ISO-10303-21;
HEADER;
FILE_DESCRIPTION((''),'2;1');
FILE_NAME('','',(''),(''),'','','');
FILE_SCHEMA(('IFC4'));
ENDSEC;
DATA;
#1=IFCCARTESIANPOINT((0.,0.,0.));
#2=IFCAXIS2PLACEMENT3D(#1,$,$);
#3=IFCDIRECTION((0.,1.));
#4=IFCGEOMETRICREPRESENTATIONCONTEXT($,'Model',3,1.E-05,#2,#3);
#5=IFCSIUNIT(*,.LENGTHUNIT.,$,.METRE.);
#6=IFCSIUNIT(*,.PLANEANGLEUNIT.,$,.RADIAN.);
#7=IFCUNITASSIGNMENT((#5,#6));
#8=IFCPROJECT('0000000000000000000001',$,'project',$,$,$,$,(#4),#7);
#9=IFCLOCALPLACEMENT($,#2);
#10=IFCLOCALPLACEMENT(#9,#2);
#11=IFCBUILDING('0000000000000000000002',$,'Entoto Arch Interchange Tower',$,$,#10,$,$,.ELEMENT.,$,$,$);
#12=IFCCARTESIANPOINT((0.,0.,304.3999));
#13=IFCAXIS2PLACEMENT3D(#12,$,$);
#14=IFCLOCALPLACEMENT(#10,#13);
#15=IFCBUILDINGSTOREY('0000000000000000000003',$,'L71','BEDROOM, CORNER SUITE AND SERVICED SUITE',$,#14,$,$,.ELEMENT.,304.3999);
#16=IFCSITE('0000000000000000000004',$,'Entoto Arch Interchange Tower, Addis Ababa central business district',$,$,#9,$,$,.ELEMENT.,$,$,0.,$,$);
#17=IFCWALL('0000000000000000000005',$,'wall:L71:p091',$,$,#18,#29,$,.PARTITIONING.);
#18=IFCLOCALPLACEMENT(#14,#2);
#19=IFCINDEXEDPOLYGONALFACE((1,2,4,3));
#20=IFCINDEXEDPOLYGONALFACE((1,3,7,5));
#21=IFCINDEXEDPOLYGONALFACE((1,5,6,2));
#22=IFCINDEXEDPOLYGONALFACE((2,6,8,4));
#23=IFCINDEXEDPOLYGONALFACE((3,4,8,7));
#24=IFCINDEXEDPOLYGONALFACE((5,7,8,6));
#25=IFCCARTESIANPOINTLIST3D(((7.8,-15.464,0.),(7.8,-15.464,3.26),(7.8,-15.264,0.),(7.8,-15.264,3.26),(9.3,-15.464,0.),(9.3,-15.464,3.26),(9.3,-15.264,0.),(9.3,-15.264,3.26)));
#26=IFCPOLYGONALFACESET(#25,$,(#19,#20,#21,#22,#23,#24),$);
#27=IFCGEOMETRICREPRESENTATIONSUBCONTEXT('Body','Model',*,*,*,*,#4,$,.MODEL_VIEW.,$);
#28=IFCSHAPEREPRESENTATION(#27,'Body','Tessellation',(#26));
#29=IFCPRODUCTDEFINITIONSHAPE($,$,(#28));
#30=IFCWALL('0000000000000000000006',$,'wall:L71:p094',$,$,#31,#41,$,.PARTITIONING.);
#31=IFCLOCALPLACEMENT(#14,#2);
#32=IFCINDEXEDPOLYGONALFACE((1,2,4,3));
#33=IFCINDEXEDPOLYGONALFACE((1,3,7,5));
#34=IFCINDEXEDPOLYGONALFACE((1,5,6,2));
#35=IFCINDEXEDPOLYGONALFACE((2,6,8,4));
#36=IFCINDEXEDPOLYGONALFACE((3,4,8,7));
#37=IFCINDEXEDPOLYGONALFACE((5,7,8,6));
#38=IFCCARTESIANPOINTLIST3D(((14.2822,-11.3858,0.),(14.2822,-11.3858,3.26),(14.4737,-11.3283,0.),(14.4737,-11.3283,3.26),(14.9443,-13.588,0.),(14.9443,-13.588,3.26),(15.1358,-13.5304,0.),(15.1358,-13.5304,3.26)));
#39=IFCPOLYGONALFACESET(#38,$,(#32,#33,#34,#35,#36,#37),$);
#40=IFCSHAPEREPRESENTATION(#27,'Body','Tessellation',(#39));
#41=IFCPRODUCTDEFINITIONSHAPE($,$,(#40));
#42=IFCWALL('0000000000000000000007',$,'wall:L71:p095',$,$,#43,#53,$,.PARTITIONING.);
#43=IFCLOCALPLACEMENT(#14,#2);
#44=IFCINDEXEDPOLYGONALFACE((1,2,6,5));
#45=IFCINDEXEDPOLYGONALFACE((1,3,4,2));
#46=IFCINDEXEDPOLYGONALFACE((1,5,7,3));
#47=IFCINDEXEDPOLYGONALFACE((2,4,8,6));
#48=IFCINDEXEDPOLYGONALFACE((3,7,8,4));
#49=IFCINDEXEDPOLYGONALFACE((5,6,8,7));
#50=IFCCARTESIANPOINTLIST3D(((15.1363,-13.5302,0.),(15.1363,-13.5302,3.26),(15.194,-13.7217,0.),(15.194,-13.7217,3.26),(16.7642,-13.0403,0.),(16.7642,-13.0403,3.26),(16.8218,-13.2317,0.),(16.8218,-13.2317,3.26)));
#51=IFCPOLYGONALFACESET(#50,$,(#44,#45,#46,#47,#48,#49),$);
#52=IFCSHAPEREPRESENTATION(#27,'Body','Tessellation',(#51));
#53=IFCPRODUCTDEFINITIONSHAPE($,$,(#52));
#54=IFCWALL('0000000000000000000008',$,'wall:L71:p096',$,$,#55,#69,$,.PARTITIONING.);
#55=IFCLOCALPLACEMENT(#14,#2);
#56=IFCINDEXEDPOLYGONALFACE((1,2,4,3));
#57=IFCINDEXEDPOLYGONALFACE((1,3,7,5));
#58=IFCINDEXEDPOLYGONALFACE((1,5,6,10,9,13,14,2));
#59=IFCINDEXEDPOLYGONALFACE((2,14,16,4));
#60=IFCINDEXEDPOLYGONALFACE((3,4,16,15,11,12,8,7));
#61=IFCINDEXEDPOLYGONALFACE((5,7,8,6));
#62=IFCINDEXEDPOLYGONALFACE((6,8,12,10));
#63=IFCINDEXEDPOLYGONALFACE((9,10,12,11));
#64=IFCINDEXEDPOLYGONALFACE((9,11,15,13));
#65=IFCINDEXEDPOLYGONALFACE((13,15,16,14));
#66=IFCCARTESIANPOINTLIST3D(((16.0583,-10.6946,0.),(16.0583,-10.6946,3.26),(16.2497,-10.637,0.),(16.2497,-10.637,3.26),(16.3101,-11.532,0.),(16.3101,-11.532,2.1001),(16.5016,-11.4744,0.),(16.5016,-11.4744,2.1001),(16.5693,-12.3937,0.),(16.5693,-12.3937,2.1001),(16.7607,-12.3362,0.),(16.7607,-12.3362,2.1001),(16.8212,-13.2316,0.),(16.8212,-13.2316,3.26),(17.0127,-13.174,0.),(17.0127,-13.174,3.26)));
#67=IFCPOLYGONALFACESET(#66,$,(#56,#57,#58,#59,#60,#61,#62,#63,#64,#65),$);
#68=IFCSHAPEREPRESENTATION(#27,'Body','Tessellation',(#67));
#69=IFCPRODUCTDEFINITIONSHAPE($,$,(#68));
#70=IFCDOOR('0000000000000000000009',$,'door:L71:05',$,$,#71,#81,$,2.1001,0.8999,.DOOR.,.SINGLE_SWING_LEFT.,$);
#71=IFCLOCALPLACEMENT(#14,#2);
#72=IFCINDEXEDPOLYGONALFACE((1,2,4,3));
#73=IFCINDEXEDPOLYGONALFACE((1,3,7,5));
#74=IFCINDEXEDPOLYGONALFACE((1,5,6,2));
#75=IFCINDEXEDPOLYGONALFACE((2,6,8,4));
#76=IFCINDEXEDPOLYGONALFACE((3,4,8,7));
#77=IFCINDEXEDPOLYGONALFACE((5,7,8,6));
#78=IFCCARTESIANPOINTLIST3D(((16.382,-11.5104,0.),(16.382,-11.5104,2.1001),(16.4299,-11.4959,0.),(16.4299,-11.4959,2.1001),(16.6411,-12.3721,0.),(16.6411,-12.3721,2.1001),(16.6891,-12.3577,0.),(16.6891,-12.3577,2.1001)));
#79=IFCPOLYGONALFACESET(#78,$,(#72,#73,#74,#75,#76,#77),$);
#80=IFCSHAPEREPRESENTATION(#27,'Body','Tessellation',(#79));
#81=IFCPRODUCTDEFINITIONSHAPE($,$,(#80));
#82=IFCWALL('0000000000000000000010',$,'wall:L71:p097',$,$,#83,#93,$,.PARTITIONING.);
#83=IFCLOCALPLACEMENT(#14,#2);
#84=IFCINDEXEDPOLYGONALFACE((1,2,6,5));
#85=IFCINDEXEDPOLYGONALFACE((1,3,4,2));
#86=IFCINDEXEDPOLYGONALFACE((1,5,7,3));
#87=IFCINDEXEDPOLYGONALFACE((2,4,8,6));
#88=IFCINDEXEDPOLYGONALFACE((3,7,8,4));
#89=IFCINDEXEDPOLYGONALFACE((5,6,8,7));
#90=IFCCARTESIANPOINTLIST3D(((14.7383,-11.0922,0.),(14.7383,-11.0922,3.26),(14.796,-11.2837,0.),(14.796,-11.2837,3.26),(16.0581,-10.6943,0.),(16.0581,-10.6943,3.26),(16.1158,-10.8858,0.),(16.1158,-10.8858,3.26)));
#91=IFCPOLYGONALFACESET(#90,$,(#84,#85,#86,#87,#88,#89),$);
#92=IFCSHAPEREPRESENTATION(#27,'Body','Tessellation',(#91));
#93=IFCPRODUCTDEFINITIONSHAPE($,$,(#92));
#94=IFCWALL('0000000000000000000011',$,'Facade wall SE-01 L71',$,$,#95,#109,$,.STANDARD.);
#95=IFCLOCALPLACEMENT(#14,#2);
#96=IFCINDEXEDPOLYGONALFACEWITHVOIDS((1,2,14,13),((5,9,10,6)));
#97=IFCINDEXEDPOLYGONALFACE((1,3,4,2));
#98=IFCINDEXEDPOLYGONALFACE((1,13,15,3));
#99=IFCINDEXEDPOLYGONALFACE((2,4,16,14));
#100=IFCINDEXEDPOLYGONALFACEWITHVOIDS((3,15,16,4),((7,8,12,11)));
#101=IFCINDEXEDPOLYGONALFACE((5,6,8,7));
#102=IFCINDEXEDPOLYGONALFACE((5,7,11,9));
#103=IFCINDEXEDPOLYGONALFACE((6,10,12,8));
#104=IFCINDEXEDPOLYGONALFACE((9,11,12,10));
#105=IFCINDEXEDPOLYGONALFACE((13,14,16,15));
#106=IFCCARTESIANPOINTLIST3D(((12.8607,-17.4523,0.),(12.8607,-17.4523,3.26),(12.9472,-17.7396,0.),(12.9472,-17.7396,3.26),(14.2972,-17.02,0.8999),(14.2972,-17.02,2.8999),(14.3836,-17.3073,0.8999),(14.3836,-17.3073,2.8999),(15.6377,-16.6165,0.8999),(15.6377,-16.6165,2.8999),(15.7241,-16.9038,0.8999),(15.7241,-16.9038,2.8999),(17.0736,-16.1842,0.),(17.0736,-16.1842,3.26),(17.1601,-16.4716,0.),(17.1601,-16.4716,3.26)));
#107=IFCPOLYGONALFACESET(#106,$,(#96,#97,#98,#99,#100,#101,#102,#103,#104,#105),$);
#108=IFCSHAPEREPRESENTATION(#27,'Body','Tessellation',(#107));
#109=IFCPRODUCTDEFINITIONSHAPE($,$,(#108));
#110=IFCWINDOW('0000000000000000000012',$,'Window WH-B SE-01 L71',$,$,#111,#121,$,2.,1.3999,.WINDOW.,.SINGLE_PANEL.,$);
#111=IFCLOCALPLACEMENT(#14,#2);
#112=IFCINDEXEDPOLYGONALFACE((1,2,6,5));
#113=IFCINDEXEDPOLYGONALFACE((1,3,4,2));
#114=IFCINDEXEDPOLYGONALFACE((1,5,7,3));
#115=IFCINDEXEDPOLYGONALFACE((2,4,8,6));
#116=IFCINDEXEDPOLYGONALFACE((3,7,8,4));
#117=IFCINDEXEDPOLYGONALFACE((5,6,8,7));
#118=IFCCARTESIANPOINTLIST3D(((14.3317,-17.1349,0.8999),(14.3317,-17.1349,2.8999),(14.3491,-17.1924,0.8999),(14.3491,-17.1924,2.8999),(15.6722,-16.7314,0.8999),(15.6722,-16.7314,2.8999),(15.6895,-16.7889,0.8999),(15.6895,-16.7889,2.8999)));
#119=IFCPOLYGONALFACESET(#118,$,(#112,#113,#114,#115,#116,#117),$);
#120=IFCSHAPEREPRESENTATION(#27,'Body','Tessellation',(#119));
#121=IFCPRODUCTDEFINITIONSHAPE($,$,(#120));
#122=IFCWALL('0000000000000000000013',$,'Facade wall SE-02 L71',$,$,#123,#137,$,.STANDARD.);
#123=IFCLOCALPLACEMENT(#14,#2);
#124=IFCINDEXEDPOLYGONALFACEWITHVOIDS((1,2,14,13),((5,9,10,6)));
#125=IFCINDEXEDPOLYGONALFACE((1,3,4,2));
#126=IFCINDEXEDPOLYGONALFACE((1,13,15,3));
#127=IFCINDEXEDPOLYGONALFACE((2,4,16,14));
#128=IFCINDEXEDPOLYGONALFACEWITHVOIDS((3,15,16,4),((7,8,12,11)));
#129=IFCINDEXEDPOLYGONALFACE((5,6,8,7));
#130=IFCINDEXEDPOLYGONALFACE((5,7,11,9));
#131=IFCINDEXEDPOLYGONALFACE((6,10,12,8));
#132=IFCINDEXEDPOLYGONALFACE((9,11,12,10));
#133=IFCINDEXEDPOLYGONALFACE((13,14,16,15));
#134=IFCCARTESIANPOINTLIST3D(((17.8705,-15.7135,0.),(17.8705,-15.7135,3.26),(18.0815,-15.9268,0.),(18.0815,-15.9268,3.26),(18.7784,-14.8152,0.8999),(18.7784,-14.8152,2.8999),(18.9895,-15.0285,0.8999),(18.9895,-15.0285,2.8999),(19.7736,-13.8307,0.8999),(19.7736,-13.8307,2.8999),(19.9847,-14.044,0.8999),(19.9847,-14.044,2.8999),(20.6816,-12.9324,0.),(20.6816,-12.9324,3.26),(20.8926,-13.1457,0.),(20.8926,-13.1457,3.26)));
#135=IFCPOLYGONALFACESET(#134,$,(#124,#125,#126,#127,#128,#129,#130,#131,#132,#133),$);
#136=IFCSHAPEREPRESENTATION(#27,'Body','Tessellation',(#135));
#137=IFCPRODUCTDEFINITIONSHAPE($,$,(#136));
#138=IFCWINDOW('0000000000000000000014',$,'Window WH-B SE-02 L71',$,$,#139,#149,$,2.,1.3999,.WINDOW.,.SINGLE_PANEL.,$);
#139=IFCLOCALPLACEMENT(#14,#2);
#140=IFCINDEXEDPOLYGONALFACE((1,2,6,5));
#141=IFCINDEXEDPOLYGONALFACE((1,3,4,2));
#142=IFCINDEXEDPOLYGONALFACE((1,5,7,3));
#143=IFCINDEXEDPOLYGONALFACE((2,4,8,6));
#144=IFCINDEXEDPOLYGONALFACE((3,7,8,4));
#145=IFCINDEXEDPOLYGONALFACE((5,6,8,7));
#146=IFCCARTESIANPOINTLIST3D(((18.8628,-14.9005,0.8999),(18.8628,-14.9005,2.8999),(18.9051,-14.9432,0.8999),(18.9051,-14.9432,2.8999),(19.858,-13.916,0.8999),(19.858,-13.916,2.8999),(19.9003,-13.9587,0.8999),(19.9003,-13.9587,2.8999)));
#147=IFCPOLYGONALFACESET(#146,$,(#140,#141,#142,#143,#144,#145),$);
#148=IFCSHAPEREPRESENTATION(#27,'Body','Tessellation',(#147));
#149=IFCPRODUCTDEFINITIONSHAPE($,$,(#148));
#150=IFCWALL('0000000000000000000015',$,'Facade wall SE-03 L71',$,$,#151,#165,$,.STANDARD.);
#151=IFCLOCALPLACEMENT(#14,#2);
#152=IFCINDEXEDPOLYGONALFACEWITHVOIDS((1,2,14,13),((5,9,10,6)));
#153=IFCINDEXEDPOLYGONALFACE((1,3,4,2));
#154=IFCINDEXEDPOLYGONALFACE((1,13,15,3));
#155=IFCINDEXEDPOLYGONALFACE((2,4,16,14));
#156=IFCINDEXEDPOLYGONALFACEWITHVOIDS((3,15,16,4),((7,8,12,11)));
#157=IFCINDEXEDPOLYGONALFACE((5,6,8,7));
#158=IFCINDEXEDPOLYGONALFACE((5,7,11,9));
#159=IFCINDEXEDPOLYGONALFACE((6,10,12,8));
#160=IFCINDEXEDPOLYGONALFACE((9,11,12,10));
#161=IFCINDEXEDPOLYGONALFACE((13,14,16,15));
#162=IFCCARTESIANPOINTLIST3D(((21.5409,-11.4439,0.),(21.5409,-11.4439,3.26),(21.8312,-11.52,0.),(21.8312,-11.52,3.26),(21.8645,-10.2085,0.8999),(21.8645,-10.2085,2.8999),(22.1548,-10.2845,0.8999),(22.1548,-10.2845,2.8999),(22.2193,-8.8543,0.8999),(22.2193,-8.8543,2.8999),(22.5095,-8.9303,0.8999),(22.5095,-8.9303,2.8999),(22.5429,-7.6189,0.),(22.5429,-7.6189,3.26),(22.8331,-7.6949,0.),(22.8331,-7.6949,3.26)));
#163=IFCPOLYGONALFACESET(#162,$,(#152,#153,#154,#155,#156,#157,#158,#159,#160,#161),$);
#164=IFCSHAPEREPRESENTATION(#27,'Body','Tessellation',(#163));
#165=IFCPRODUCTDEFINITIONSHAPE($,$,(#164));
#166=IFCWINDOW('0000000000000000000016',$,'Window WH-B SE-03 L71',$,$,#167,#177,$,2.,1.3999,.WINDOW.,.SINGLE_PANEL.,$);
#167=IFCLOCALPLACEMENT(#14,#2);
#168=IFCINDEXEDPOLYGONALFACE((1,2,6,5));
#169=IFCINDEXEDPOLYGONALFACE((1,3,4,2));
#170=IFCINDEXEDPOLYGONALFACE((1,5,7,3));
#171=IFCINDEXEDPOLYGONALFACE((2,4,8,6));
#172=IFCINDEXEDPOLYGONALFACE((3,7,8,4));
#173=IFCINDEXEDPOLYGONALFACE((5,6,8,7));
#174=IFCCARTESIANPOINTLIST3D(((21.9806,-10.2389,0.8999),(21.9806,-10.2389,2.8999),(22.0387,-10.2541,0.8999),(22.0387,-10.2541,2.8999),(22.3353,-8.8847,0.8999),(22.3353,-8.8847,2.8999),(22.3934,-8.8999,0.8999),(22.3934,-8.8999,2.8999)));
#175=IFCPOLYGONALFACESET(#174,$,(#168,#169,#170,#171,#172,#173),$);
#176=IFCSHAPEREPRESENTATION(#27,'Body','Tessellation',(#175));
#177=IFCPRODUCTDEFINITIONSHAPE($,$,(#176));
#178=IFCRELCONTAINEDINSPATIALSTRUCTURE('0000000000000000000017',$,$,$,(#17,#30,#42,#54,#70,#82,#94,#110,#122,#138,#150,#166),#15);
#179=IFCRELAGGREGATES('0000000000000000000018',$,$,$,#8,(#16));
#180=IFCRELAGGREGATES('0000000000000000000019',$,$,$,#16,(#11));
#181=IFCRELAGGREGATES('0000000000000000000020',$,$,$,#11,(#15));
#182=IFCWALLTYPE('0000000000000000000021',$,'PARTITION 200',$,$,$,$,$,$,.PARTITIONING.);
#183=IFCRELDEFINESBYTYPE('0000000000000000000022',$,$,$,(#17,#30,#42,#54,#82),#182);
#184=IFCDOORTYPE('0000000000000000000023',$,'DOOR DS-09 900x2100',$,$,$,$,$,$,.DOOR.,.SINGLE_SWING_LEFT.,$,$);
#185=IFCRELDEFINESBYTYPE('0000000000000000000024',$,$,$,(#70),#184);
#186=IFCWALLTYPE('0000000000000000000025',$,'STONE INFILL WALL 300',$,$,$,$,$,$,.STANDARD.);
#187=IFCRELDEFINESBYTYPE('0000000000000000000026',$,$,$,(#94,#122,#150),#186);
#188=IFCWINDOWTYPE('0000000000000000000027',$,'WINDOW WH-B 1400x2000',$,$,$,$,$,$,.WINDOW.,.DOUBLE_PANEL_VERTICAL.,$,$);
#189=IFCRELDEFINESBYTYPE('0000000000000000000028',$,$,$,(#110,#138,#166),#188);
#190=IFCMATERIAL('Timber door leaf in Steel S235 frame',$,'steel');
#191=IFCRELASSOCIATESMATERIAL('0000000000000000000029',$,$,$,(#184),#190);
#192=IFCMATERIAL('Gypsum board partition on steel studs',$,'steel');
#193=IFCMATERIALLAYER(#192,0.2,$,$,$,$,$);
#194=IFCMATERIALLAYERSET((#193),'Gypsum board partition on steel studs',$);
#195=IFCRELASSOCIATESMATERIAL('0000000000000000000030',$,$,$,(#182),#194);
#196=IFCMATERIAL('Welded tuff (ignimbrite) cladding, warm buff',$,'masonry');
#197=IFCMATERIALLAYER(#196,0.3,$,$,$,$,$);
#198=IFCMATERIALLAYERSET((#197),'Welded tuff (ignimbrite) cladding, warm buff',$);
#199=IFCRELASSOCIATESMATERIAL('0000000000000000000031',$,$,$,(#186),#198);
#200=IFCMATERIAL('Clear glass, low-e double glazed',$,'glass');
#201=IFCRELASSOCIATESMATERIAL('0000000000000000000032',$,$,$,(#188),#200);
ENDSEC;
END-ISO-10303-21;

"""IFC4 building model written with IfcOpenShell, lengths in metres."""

from ifc_helpers import new_model, si_unit, direction, frame, frame_2d, origin, place, context, subcontext, project, spatial, rectangle, extrude, material, layer, layer_set, type_object, element, fill, save


model = new_model("IFC4")

# Units and contexts
model_context = context("Model", 3, precision=1e-05, world=origin(), true_north=direction((0.0, 1.0)))
body_context = subcontext(model_context, "Body", "Model", "MODEL_VIEW")
ifc_project = project(units=[si_unit("LENGTHUNIT", "METRE"), si_unit("PLANEANGLEUNIT", "RADIAN")], contexts=[model_context])

# Site, building, storey
site_placement = place(None, origin())
site = spatial("IfcSite", under=ifc_project, at=site_placement, Name="Entoto Arch Interchange Tower, Addis Ababa central business district", CompositionType="ELEMENT", RefElevation=0.0)
building_placement = place(site_placement, origin())
building = spatial("IfcBuilding", under=site, at=building_placement, Name="Entoto Arch Interchange Tower", CompositionType="ELEMENT")
storey_placement = place(building_placement, frame((0.0, 0.0, 304.3999)))
storey = spatial("IfcBuildingStorey", under=building, at=storey_placement, Name="L71", Description="BEDROOM, CORNER SUITE AND SERVICED SUITE", CompositionType="ELEMENT", Elevation=304.3999)

# Shared definitions
ifc_material_1 = material(Name="Gypsum board partition on steel studs", Category="steel")
ifc_material_2 = material(Name="Timber door leaf in Steel S235 frame", Category="steel")
door_type_1 = type_object("IfcDoorType", Name="DOOR DS-09 900x2100", OperationType="SINGLE_SWING_LEFT", PredefinedType="DOOR", material=ifc_material_2)

# Shared definitions
ifc_layer_1 = layer(ifc_material_1, 0.2)
ifc_layer_set_1 = layer_set([ifc_layer_1], Name="Gypsum board partition on steel studs")
wall_type_1 = type_object("IfcWallType", Name="PARTITION 200", PredefinedType="PARTITIONING", material=ifc_layer_set_1)

# Walls
wall_1_placement = place(storey_placement, frame((9.3, -15.364, 0.0), z_axis=(0.0, 0.0, 1.0), x_axis=(-1.0, 0.0, 0.0)))
element("IfcWall", 1, at=wall_1_placement, inside=storey, type_object=wall_type_1, Name="wall:L71:p091", PredefinedType="PARTITIONING", context=body_context, shape_type="SweptSolid", body=[
    extrude(rectangle(XDim=1.5, YDim=0.2, at=frame_2d((0.75, 0.0))), origin(), (0.0, 0.0, 1.0), 3.26),
])
wall_2_placement = place(storey_placement, frame((14.3779, -11.3569, 0.0), z_axis=(0.0, 0.0, 1.0), x_axis=(0.287932, -0.957651, 0.0)))
element("IfcWall", 2, at=wall_2_placement, inside=storey, type_object=wall_type_1, Name="wall:L71:p094", PredefinedType="PARTITIONING", context=body_context, shape_type="SweptSolid", body=[
    extrude(rectangle(XDim=2.2996, YDim=0.2, at=frame_2d((1.1499, 0.0))), origin(), (0.0, 0.0, 1.0), 3.26),
])
wall_3_placement = place(storey_placement, frame((15.165, -13.626, 0.0), z_axis=(0.0, 0.0, 1.0), x_axis=(0.957565, 0.288217, 0.0)))
element("IfcWall", 3, at=wall_3_placement, inside=storey, type_object=wall_type_1, Name="wall:L71:p095", PredefinedType="PARTITIONING", context=body_context, shape_type="SweptSolid", body=[
    extrude(rectangle(XDim=1.7, YDim=0.2, at=frame_2d((0.8501, 0.0))), origin(), (0.0, 0.0, 1.0), 3.26),
])

# Wall, opening, door
wall_4_placement = place(storey_placement, frame((16.917, -13.2029, 0.0), z_axis=(0.0, 0.0, 1.0), x_axis=(-0.287999, 0.957631, 0.0)))
wall_4 = element("IfcWall", 4, at=wall_4_placement, inside=storey, type_object=wall_type_1, Name="wall:L71:p096", PredefinedType="PARTITIONING", context=body_context, shape_type="SweptSolid", body=[
    extrude(rectangle(XDim=2.6492, YDim=0.2, at=frame_2d((1.3247, 0.0))), origin(), (0.0, 0.0, 1.0), 3.26),
])
opening_1_placement = place(wall_4_placement, frame((0.875, 0.0, 0.0)))
opening_1 = element("IfcOpeningElement", 5, at=opening_1_placement, cuts=wall_4, PredefinedType="OPENING", context=body_context, shape_type="SweptSolid", body=[
    extrude(rectangle(XDim=0.8999, YDim=2.1001, at=frame_2d((0.45, 1.05))), frame((0.0, 0.1099, 0.0), z_axis=(0.0, -1.0, 0.0), x_axis=(1.0, 0.0, 0.0)), (0.0, 0.0, 1.0), 0.22),
])
door_1_placement = place(opening_1_placement, origin())
door_1 = element("IfcDoor", 6, at=door_1_placement, inside=storey, type_object=door_type_1, Name="door:L71:05", OperationType="SINGLE_SWING_LEFT", OverallHeight=2.1001, OverallWidth=0.8999, PredefinedType="DOOR", context=body_context, shape_type="SweptSolid", body=[
    extrude(rectangle(XDim=0.8999, YDim=2.1001, at=frame_2d((0.45, 1.05))), frame((0.0, 0.0249, 0.0), z_axis=(0.0, -1.0, 0.0), x_axis=(1.0, 0.0, 0.0)), (0.0, 0.0, 1.0), 0.05),
])
fill(opening_1, door_1)

# Wall
wall_5_placement = place(storey_placement, frame((16.0869, -10.79, 0.0), z_axis=(0.0, 0.0, 1.0), x_axis=(-0.957426, -0.28868, 0.0)))
element("IfcWall", 7, at=wall_5_placement, inside=storey, type_object=wall_type_1, Name="wall:L71:p097", PredefinedType="PARTITIONING", context=body_context, shape_type="SweptSolid", body=[
    extrude(rectangle(XDim=1.3784, YDim=0.2, at=frame_2d((0.6892, 0.0))), origin(), (0.0, 0.0, 1.0), 3.26),
])

# Walls, openings, windows
ifc_material_3 = material(Name="Welded tuff (ignimbrite) cladding, warm buff", Category="masonry")
ifc_layer_2 = layer(ifc_material_3, 0.3)
ifc_layer_set_2 = layer_set([ifc_layer_2], Name="Welded tuff (ignimbrite) cladding, warm buff")
wall_type_2 = type_object("IfcWallType", Name="STONE INFILL WALL 300", PredefinedType="STANDARD", material=ifc_layer_set_2)
wall_6_placement = place(storey_placement, frame((12.9041, -17.5959, 0.0), z_axis=(0.0, 0.0, 1.0), x_axis=(0.957563, 0.288223, 0.0)))
wall_6 = element("IfcWall", 8, at=wall_6_placement, inside=storey, type_object=wall_type_2, Name="Facade wall SE-01 L71", PredefinedType="STANDARD", context=body_context, shape_type="SweptSolid", body=[
    extrude(rectangle(XDim=4.3997, YDim=0.3, at=frame_2d((2.1997, 0.0))), origin(), (0.0, 0.0, 1.0), 3.26),
])
opening_2_placement = place(wall_6_placement, frame((1.5, 0.0, 0.8999)))
opening_2 = element("IfcOpeningElement", 9, at=opening_2_placement, cuts=wall_6, PredefinedType="OPENING", context=body_context, shape_type="SweptSolid", body=[
    extrude(rectangle(XDim=1.3999, YDim=2.0, at=frame_2d((0.7, 1.0))), frame((0.0, 0.1602, 0.0), z_axis=(0.0, -1.0, 0.0), x_axis=(1.0, 0.0, 0.0)), (0.0, 0.0, 1.0), 0.3201),
])
ifc_material_4 = material(Name="Clear glass, low-e double glazed", Category="glass")
window_type = type_object("IfcWindowType", Name="WINDOW WH-B 1400x2000", PartitioningType="DOUBLE_PANEL_VERTICAL", PredefinedType="WINDOW", material=ifc_material_4)
window_1_placement = place(opening_2_placement, origin())
window_1 = element("IfcWindow", 10, at=window_1_placement, inside=storey, type_object=window_type, Name="Window WH-B SE-01 L71", OverallHeight=2.0, OverallWidth=1.3999, PartitioningType="SINGLE_PANEL", PredefinedType="WINDOW", context=body_context, shape_type="SweptSolid", body=[
    extrude(rectangle(XDim=1.3999, YDim=2.0, at=frame_2d((0.7, 1.0))), frame((0.0, 0.03, 0.0), z_axis=(0.0, -1.0, 0.0), x_axis=(1.0, 0.0, 0.0)), (0.0, 0.0, 1.0), 0.0601),
])
fill(opening_2, window_1)
wall_7_placement = place(storey_placement, frame((17.9761, -15.8201, 0.0), z_axis=(0.0, 0.0, 1.0), x_axis=(0.710894, 0.703299, 0.0)))
wall_7 = element("IfcWall", 11, at=wall_7_placement, inside=storey, type_object=wall_type_2, Name="Facade wall SE-02 L71", PredefinedType="STANDARD", context=body_context, shape_type="SweptSolid", body=[
    extrude(rectangle(XDim=3.9543, YDim=0.3, at=frame_2d((1.9771, 0.0))), origin(), (0.0, 0.0, 1.0), 3.26),
])
opening_3_placement = place(wall_7_placement, frame((1.2771, 0.0, 0.8999)))
opening_3 = element("IfcOpeningElement", 12, at=opening_3_placement, cuts=wall_7, PredefinedType="OPENING", context=body_context, shape_type="SweptSolid", body=[
    extrude(rectangle(XDim=1.3999, YDim=2.0, at=frame_2d((0.7, 1.0))), frame((0.0, 0.1602, 0.0), z_axis=(0.0, -1.0, 0.0), x_axis=(1.0, 0.0, 0.0)), (0.0, 0.0, 1.0), 0.3201),
])
window_2_placement = place(opening_3_placement, origin())
window_2 = element("IfcWindow", 13, at=window_2_placement, inside=storey, type_object=window_type, Name="Window WH-B SE-02 L71", OverallHeight=2.0, OverallWidth=1.3999, PartitioningType="SINGLE_PANEL", PredefinedType="WINDOW", context=body_context, shape_type="SweptSolid", body=[
    extrude(rectangle(XDim=1.3999, YDim=2.0, at=frame_2d((0.7, 1.0))), frame((0.0, 0.03, 0.0), z_axis=(0.0, -1.0, 0.0), x_axis=(1.0, 0.0, 0.0)), (0.0, 0.0, 1.0), 0.0601),
])
fill(opening_3, window_2)
wall_8_placement = place(storey_placement, frame((21.686, -11.4819, 0.0), z_axis=(0.0, 0.0, 1.0), x_axis=(0.253402, 0.967361, 0.0)))
wall_8 = element("IfcWall", 14, at=wall_8_placement, inside=storey, type_object=wall_type_2, Name="Facade wall SE-03 L71", PredefinedType="STANDARD", context=body_context, shape_type="SweptSolid", body=[
    extrude(rectangle(XDim=3.9541, YDim=0.3, at=frame_2d((1.9771, 0.0))), origin(), (0.0, 0.0, 1.0), 3.26),
])
opening_4_placement = place(wall_8_placement, frame((1.2771, 0.0, 0.8999)))
opening_4 = element("IfcOpeningElement", 15, at=opening_4_placement, cuts=wall_8, PredefinedType="OPENING", context=body_context, shape_type="SweptSolid", body=[
    extrude(rectangle(XDim=1.3999, YDim=2.0, at=frame_2d((0.7, 1.0))), frame((0.0, 0.1602, 0.0), z_axis=(0.0, -1.0, 0.0), x_axis=(1.0, 0.0, 0.0)), (0.0, 0.0, 1.0), 0.3201),
])
window_3_placement = place(opening_4_placement, origin())
window_3 = element("IfcWindow", 16, at=window_3_placement, inside=storey, type_object=window_type, Name="Window WH-B SE-03 L71", OverallHeight=2.0, OverallWidth=1.3999, PartitioningType="SINGLE_PANEL", PredefinedType="WINDOW", context=body_context, shape_type="SweptSolid", body=[
    extrude(rectangle(XDim=1.3999, YDim=2.0, at=frame_2d((0.7, 1.0))), frame((0.0, 0.03, 0.0), z_axis=(0.0, -1.0, 0.0), x_axis=(1.0, 0.0, 0.0)), (0.0, 0.0, 1.0), 0.0601),
])
fill(opening_4, window_3)

save(model, "model.ifc")
